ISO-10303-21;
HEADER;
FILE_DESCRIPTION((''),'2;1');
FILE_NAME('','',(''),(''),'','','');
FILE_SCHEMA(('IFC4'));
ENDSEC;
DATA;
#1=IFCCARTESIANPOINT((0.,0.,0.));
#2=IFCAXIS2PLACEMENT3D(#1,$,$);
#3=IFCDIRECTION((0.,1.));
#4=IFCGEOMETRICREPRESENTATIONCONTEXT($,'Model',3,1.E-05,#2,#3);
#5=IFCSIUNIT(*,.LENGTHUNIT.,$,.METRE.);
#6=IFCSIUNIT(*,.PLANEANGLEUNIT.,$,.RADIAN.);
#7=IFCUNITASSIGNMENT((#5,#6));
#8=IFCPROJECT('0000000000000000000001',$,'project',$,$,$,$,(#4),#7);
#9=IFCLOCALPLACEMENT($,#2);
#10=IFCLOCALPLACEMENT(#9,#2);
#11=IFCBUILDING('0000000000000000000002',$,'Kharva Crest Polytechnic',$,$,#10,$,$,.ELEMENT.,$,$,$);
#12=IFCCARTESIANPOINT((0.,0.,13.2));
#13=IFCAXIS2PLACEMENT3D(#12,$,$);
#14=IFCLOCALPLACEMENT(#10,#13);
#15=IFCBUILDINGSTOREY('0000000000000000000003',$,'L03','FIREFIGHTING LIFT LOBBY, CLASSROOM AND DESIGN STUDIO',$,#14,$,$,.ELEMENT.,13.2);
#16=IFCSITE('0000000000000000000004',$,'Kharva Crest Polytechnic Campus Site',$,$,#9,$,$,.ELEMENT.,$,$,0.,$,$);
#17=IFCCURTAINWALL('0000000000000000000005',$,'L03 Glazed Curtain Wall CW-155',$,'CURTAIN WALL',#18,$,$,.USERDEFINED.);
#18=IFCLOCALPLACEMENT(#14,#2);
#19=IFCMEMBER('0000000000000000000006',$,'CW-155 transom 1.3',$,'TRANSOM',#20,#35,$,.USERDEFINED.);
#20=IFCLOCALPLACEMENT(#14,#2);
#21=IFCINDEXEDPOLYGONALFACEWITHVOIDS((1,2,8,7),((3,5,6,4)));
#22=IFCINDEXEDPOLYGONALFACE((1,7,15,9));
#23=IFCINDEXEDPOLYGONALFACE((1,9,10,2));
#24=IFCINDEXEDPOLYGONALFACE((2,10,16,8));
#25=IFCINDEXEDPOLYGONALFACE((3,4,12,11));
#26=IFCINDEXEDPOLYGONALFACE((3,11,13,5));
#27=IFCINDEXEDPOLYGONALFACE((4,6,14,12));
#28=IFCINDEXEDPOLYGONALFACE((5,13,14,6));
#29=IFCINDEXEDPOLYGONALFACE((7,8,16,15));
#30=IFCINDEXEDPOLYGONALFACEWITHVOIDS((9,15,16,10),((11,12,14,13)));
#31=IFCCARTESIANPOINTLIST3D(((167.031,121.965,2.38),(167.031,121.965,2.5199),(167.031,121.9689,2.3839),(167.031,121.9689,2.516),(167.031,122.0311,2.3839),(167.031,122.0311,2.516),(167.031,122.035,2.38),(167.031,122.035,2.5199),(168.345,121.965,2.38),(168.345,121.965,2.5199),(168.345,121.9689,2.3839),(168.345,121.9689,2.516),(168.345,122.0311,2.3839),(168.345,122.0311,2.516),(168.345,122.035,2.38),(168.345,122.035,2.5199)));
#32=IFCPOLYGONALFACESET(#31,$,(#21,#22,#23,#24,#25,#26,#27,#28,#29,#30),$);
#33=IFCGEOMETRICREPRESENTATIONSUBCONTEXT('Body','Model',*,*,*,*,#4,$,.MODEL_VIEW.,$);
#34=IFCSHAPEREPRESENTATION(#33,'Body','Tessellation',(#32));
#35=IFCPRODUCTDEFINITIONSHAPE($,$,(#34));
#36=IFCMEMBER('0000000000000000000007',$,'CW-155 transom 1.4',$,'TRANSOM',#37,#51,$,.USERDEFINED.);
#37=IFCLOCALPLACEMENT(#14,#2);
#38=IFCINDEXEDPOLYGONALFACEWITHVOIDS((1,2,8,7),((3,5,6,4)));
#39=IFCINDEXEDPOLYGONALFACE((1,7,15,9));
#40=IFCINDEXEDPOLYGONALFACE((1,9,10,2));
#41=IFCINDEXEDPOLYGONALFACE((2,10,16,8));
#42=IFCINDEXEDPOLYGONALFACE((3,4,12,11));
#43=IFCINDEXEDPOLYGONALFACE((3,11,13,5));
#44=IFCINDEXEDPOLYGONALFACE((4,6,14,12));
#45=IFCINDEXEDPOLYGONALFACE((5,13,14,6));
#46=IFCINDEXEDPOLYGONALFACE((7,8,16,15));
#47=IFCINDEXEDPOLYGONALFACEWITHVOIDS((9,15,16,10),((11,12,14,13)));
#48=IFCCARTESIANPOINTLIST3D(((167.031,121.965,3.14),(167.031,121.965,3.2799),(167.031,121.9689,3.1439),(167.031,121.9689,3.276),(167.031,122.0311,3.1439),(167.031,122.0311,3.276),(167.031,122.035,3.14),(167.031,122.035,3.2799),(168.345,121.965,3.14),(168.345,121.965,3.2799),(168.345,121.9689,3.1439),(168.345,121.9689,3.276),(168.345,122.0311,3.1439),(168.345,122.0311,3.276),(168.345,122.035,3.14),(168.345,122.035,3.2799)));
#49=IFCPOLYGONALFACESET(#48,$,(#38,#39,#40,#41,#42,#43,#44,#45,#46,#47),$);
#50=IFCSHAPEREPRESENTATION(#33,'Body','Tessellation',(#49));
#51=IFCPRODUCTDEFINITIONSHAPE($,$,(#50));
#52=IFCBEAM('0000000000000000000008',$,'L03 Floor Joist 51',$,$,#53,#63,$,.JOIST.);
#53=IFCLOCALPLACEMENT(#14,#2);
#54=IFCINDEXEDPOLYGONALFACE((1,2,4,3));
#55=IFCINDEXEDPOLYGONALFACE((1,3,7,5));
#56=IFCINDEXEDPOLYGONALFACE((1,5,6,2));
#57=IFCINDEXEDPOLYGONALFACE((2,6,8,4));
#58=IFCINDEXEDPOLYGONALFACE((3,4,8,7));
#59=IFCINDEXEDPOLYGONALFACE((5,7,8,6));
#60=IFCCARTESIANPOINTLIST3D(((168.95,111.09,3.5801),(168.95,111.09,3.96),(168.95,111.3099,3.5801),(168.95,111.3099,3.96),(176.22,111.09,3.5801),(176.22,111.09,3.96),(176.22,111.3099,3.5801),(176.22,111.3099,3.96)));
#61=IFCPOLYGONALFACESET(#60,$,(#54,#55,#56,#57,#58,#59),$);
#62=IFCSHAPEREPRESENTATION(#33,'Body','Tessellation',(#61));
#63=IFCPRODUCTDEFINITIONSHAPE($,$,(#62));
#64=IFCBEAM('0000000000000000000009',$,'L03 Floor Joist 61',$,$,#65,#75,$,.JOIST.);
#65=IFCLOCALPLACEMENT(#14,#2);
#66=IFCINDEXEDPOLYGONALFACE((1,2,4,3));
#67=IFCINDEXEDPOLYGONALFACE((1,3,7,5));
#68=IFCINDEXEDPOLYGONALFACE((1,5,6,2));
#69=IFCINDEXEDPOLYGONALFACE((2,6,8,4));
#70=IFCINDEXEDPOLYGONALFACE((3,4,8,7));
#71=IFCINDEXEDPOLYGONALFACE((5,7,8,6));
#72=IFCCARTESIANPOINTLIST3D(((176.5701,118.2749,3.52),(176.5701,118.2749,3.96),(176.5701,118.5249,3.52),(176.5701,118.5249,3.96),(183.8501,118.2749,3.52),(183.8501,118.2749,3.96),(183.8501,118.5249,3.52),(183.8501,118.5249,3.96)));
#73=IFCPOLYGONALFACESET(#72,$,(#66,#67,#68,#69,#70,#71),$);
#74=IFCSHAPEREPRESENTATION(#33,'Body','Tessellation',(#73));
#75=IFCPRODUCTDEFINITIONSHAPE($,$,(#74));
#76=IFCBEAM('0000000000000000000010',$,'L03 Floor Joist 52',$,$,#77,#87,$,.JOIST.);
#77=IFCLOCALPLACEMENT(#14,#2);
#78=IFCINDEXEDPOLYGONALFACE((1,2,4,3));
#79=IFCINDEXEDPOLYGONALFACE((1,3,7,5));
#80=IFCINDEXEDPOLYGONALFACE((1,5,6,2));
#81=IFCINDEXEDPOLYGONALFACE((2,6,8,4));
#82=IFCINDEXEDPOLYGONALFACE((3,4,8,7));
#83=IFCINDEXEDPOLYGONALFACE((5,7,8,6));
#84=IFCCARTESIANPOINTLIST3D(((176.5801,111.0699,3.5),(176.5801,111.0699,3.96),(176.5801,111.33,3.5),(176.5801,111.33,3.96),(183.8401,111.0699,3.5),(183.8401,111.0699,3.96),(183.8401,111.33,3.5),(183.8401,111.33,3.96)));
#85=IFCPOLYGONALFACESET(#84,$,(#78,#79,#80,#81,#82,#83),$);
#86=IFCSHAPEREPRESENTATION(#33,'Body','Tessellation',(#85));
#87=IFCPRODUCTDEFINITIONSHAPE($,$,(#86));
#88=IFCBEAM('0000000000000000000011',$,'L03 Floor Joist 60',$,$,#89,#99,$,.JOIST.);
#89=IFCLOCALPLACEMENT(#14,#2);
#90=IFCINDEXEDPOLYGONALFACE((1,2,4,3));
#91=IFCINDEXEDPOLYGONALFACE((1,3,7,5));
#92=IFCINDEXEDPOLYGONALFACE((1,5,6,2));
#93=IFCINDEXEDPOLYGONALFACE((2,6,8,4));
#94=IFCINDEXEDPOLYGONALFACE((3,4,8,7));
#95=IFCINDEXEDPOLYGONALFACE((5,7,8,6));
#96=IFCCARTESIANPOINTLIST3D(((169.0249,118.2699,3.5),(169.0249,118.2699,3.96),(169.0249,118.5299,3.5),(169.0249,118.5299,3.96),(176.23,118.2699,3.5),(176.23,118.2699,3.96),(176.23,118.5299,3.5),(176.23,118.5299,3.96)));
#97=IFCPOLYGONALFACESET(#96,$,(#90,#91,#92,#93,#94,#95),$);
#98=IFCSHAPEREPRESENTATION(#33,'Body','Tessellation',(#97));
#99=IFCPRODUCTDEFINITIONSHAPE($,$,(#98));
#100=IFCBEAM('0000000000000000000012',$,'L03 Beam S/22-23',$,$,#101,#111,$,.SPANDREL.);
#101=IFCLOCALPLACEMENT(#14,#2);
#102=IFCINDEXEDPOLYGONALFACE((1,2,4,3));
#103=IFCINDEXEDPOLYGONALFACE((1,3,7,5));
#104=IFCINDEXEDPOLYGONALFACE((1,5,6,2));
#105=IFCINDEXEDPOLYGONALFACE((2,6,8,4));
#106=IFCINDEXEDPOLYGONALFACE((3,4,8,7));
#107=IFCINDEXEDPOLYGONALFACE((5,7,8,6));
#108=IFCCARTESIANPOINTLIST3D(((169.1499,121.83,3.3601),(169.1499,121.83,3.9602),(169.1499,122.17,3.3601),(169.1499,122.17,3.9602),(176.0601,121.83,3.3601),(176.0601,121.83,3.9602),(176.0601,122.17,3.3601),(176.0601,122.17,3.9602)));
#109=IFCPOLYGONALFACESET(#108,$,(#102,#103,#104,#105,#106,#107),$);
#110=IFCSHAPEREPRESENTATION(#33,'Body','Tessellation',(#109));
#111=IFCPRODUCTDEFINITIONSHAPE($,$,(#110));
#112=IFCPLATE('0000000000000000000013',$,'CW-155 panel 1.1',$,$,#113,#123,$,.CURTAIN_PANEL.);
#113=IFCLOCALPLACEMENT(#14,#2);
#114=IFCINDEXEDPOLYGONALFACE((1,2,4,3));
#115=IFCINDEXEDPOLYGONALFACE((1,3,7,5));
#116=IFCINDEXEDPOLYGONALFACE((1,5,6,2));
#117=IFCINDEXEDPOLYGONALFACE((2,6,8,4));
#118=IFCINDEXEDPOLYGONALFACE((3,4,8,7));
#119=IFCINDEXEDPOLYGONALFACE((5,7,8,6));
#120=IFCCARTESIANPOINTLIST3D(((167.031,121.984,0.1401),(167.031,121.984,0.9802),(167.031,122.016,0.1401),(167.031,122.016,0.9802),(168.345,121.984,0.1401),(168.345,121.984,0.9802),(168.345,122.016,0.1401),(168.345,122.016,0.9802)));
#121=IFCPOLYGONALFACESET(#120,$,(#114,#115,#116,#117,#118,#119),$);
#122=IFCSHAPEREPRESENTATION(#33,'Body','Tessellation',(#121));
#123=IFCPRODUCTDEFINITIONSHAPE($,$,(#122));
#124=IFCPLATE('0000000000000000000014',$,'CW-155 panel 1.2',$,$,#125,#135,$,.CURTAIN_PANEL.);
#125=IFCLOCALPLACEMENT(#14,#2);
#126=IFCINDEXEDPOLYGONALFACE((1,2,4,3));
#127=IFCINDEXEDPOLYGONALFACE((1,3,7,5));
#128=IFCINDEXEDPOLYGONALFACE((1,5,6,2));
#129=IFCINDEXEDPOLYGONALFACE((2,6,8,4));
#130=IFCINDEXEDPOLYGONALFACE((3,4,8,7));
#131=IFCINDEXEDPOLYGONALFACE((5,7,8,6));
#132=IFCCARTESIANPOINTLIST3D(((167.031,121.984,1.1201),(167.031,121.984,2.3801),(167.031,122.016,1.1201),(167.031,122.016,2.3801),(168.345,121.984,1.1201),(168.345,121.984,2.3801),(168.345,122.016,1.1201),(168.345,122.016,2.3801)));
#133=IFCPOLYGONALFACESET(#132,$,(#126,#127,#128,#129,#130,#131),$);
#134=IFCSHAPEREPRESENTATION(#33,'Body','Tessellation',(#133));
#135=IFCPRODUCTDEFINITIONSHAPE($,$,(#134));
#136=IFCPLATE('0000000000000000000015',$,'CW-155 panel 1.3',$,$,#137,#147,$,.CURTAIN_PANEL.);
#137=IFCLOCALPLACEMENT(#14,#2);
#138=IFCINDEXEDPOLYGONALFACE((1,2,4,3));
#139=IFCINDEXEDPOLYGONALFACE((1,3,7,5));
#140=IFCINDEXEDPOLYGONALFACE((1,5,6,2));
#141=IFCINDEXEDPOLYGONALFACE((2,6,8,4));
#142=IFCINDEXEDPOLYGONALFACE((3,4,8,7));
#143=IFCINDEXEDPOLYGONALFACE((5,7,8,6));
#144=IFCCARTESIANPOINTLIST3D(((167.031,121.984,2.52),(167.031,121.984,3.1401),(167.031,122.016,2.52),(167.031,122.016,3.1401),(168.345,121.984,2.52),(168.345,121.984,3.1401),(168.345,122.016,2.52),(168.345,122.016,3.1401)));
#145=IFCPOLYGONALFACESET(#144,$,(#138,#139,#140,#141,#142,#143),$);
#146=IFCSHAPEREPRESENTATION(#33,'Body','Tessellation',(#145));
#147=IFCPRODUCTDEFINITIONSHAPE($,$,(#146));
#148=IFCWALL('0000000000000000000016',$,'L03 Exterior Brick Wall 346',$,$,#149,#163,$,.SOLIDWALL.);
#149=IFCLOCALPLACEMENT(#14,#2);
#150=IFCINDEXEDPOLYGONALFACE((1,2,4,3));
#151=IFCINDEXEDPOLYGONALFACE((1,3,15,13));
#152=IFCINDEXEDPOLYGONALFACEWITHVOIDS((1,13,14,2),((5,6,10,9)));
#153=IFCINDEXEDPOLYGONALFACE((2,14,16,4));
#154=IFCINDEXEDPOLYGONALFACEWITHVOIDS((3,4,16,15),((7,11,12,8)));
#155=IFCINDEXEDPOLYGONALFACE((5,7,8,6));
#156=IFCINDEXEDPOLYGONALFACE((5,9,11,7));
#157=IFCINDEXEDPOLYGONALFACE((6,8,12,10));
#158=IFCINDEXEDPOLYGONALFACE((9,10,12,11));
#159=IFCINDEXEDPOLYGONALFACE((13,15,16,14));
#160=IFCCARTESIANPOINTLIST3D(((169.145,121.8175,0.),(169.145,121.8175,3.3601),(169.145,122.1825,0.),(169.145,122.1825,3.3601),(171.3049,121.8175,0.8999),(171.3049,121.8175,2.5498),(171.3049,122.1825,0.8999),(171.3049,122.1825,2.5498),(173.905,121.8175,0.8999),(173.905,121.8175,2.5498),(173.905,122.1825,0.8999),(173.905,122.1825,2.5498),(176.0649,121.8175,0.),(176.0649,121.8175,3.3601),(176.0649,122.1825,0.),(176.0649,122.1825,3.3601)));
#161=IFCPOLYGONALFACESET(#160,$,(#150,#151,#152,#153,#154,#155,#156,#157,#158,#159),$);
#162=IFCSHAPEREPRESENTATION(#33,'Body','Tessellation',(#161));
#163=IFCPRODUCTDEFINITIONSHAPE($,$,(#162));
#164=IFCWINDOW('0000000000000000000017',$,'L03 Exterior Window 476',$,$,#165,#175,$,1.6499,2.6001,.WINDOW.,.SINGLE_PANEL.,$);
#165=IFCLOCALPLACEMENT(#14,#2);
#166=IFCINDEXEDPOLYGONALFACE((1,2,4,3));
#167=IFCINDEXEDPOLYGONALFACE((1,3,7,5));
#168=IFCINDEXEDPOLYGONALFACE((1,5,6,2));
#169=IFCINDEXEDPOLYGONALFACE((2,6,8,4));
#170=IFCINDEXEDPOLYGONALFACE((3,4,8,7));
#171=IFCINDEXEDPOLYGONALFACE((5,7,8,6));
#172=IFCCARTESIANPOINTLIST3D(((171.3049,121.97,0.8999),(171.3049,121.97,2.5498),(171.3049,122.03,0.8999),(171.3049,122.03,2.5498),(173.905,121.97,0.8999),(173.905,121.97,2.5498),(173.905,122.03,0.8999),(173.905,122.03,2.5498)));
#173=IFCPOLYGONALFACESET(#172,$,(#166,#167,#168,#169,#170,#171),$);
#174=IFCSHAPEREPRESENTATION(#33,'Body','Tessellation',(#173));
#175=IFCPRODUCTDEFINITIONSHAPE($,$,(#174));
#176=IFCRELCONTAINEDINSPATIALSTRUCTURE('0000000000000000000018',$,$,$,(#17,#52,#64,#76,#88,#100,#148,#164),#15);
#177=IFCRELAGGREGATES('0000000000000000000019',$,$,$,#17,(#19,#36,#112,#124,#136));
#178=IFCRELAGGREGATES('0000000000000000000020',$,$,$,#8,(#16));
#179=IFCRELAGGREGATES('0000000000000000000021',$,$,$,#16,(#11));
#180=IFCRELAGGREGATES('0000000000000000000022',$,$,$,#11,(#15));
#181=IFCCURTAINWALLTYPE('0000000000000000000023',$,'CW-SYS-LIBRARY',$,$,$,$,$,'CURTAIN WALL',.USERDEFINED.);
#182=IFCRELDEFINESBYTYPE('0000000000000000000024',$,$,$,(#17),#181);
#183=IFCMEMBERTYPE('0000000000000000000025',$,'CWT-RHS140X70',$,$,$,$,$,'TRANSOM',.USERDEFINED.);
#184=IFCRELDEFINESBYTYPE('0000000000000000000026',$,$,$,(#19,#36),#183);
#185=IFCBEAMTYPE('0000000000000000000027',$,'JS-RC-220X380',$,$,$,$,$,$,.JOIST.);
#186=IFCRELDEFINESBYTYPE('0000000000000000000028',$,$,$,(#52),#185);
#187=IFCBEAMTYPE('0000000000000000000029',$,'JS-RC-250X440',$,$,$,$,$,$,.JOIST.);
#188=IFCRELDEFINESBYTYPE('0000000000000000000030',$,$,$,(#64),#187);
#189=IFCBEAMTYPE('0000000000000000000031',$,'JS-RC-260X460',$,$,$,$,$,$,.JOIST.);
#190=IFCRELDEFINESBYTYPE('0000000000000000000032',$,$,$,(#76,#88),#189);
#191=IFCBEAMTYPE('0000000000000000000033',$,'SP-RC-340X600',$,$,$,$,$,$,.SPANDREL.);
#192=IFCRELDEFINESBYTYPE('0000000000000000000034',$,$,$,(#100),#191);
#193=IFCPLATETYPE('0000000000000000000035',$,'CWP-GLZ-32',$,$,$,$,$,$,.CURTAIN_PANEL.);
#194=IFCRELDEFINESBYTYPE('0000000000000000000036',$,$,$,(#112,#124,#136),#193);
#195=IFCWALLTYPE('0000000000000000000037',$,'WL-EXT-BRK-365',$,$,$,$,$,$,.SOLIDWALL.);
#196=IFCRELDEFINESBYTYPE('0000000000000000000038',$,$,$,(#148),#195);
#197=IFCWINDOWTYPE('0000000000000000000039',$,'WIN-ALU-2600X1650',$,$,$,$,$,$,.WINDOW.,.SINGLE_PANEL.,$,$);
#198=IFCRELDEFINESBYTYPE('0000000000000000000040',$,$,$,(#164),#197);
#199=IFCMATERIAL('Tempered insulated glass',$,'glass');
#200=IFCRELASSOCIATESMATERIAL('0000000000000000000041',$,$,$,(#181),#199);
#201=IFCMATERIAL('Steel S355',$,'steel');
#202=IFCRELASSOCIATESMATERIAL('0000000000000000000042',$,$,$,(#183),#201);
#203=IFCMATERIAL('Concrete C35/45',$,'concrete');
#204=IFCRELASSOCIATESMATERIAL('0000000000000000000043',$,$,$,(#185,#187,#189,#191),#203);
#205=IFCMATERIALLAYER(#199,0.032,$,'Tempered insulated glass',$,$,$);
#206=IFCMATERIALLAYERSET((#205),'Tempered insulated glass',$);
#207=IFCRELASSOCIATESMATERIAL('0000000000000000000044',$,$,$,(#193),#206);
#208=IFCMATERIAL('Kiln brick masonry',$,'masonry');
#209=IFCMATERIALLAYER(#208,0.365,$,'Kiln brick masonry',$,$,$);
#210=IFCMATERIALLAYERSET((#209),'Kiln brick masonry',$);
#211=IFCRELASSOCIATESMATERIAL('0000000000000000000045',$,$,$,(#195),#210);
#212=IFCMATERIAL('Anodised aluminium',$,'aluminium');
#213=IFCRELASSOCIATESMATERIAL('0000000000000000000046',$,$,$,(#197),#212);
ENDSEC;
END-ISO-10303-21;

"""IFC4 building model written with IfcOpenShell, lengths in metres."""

from ifc_helpers import new_model, si_unit, direction, frame, frame_2d, origin, origin_2d, place, context, subcontext, project, spatial, rectangle, hollow_rectangle, extrude, material, layer, layer_set, material_profile, profile_set, type_object, element, fill, aggregate, save


model = new_model("IFC4")

# Units and contexts
model_context = context("Model", 3, precision=1e-05, world=origin(), true_north=direction((0.0, 1.0)))
body_context = subcontext(model_context, "Body", "Model", "MODEL_VIEW")
ifc_project = project(units=[si_unit("LENGTHUNIT", "METRE"), si_unit("PLANEANGLEUNIT", "RADIAN")], contexts=[model_context])

# Site, building, storey
site_placement = place(None, origin())
site = spatial("IfcSite", under=ifc_project, at=site_placement, Name="Kharva Crest Polytechnic Campus Site", CompositionType="ELEMENT", RefElevation=0.0)
building_placement = place(site_placement, origin())
building = spatial("IfcBuilding", under=site, at=building_placement, Name="Kharva Crest Polytechnic", CompositionType="ELEMENT")
storey_placement = place(building_placement, frame((0.0, 0.0, 13.2)))
storey = spatial("IfcBuildingStorey", under=building, at=storey_placement, Name="L03", Description="FIREFIGHTING LIFT LOBBY, CLASSROOM AND DESIGN STUDIO", CompositionType="ELEMENT", Elevation=13.2)

# Shared definitions
ifc_material_1 = material(Name="Concrete C35/45", Category="concrete")

# Curtain wall, members
ifc_material_2 = material(Name="Tempered insulated glass", Category="glass")
curtain_wall_type = type_object("IfcCurtainWallType", Name="CW-SYS-LIBRARY", ElementType="CURTAIN WALL", PredefinedType="USERDEFINED", material=ifc_material_2)
curtain_wall_placement = place(storey_placement, origin())
curtain_wall = element("IfcCurtainWall", 1, at=curtain_wall_placement, inside=storey, type_object=curtain_wall_type, Name="L03 Glazed Curtain Wall CW-155", ObjectType="CURTAIN WALL", PredefinedType="USERDEFINED")
ifc_material_3 = material(Name="Steel S355", Category="steel")
ifc_material_profile_1 = material_profile(ifc_material_3, hollow_rectangle(XDim=0.0701, YDim=0.1399, WallThickness=0.0039, at=origin_2d()), Name="RHS 140X70X4.0")
ifc_profile_set_1 = profile_set([ifc_material_profile_1], Name="Steel S355")
member_type_1 = type_object("IfcMemberType", Name="CWT-RHS140X70", ElementType="TRANSOM", PredefinedType="USERDEFINED", material=ifc_profile_set_1)
member_1_placement = place(storey_placement, frame((168.345, 122.0, 2.45), z_axis=(-1.0, 0.0, 0.0), x_axis=(0.0, -1.0, 0.0)))
member_1 = element("IfcMember", 2, at=member_1_placement, type_object=member_type_1, Name="CW-155 transom 1.3", ObjectType="TRANSOM", PredefinedType="USERDEFINED", context=body_context, shape_type="SweptSolid", body=[
    extrude(hollow_rectangle(XDim=0.0701, YDim=0.1399, WallThickness=0.0039, at=origin_2d()), origin(), (0.0, 0.0, 1.0), 1.314),
])
member_2_placement = place(storey_placement, frame((168.345, 122.0, 3.21), z_axis=(-1.0, 0.0, 0.0), x_axis=(0.0, -1.0, 0.0)))
member_2 = element("IfcMember", 3, at=member_2_placement, type_object=member_type_1, Name="CW-155 transom 1.4", ObjectType="TRANSOM", PredefinedType="USERDEFINED", context=body_context, shape_type="SweptSolid", body=[
    extrude(hollow_rectangle(XDim=0.0701, YDim=0.1399, WallThickness=0.0039, at=origin_2d()), origin(), (0.0, 0.0, 1.0), 1.314),
])

# Beams
ifc_material_profile_2 = material_profile(ifc_material_1, rectangle(XDim=0.22, YDim=0.3799, at=origin_2d()), Name="RECT 220 X 380")
ifc_profile_set_2 = profile_set([ifc_material_profile_2], Name="Concrete C35/45")
beam_type_1 = type_object("IfcBeamType", Name="JS-RC-220X380", PredefinedType="JOIST", material=ifc_profile_set_2)
beam_1_placement = place(storey_placement, frame((168.95, 111.2, 3.77), z_axis=(1.0, 0.0, 0.0), x_axis=(0.0, 1.0, 0.0)))
element("IfcBeam", 4, at=beam_1_placement, inside=storey, type_object=beam_type_1, Name="L03 Floor Joist 51", PredefinedType="JOIST", context=body_context, shape_type="SweptSolid", body=[
    extrude(rectangle(XDim=0.22, YDim=0.3799, at=origin_2d()), origin(), (0.0, 0.0, 1.0), 7.27),
])
ifc_material_profile_3 = material_profile(ifc_material_1, rectangle(XDim=0.25, YDim=0.4399, at=origin_2d()), Name="RECT 250 X 440")
ifc_profile_set_3 = profile_set([ifc_material_profile_3], Name="Concrete C35/45")
beam_type_2 = type_object("IfcBeamType", Name="JS-RC-250X440", PredefinedType="JOIST", material=ifc_profile_set_3)
beam_2_placement = place(storey_placement, frame((176.5701, 118.3999, 3.74), z_axis=(1.0, 0.0, 0.0), x_axis=(0.0, 1.0, 0.0)))
element("IfcBeam", 5, at=beam_2_placement, inside=storey, type_object=beam_type_2, Name="L03 Floor Joist 61", PredefinedType="JOIST", context=body_context, shape_type="SweptSolid", body=[
    extrude(rectangle(XDim=0.25, YDim=0.4399, at=origin_2d()), origin(), (0.0, 0.0, 1.0), 7.28),
])
ifc_material_profile_4 = material_profile(ifc_material_1, rectangle(XDim=0.26, YDim=0.46, at=origin_2d()), Name="RECT 260 X 460")
ifc_profile_set_4 = profile_set([ifc_material_profile_4], Name="Concrete C35/45")
beam_type_3 = type_object("IfcBeamType", Name="JS-RC-260X460", PredefinedType="JOIST", material=ifc_profile_set_4)
beam_3_placement = place(storey_placement, frame((176.5801, 111.2, 3.73), z_axis=(1.0, 0.0, 0.0), x_axis=(0.0, 1.0, 0.0)))
element("IfcBeam", 6, at=beam_3_placement, inside=storey, type_object=beam_type_3, Name="L03 Floor Joist 52", PredefinedType="JOIST", context=body_context, shape_type="SweptSolid", body=[
    extrude(rectangle(XDim=0.26, YDim=0.46, at=origin_2d()), origin(), (0.0, 0.0, 1.0), 7.26),
])
beam_4_placement = place(storey_placement, frame((169.0249, 118.3999, 3.73), z_axis=(1.0, 0.0, 0.0), x_axis=(0.0, 1.0, 0.0)))
element("IfcBeam", 7, at=beam_4_placement, inside=storey, type_object=beam_type_3, Name="L03 Floor Joist 60", PredefinedType="JOIST", context=body_context, shape_type="SweptSolid", body=[
    extrude(rectangle(XDim=0.26, YDim=0.46, at=origin_2d()), origin(), (0.0, 0.0, 1.0), 7.2051),
])
ifc_material_profile_5 = material_profile(ifc_material_1, rectangle(XDim=0.3401, YDim=0.6001, at=origin_2d()), Name="RECT 340 X 600")
ifc_profile_set_5 = profile_set([ifc_material_profile_5], Name="Concrete C35/45")
beam_type_4 = type_object("IfcBeamType", Name="SP-RC-340X600", PredefinedType="SPANDREL", material=ifc_profile_set_5)
beam_5_placement = place(storey_placement, frame((169.1499, 122.0, 3.6602), z_axis=(1.0, 0.0, 0.0), x_axis=(0.0, 1.0, 0.0)))
element("IfcBeam", 8, at=beam_5_placement, inside=storey, type_object=beam_type_4, Name="L03 Beam S/22-23", PredefinedType="SPANDREL", context=body_context, shape_type="SweptSolid", body=[
    extrude(rectangle(XDim=0.3401, YDim=0.6001, at=origin_2d()), origin(), (0.0, 0.0, 1.0), 6.9102),
])

# Plates
ifc_layer_1 = layer(ifc_material_2, 0.032, Name="Tempered insulated glass")
ifc_layer_set_1 = layer_set([ifc_layer_1], Name="Tempered insulated glass")
plate_type = type_object("IfcPlateType", Name="CWP-GLZ-32", PredefinedType="CURTAIN_PANEL", material=ifc_layer_set_1)
plate_1_placement = place(storey_placement, frame((167.688, 122.0, 0.1401), z_axis=(0.0, 0.0, 1.0), x_axis=(-1.0, 0.0, 0.0)))
plate_1 = element("IfcPlate", 9, at=plate_1_placement, type_object=plate_type, Name="CW-155 panel 1.1", PredefinedType="CURTAIN_PANEL", context=body_context, shape_type="SweptSolid", body=[
    extrude(rectangle(XDim=1.314, YDim=0.032, at=origin_2d()), origin(), (0.0, 0.0, 1.0), 0.8401),
])
plate_2_placement = place(storey_placement, frame((167.688, 122.0, 1.1201), z_axis=(0.0, 0.0, 1.0), x_axis=(-1.0, 0.0, 0.0)))
plate_2 = element("IfcPlate", 10, at=plate_2_placement, type_object=plate_type, Name="CW-155 panel 1.2", PredefinedType="CURTAIN_PANEL", context=body_context, shape_type="SweptSolid", body=[
    extrude(rectangle(XDim=1.314, YDim=0.032, at=origin_2d()), origin(), (0.0, 0.0, 1.0), 1.26),
])
plate_3_placement = place(storey_placement, frame((167.688, 122.0, 2.52), z_axis=(0.0, 0.0, 1.0), x_axis=(-1.0, 0.0, 0.0)))
plate_3 = element("IfcPlate", 11, at=plate_3_placement, type_object=plate_type, Name="CW-155 panel 1.3", PredefinedType="CURTAIN_PANEL", context=body_context, shape_type="SweptSolid", body=[
    extrude(rectangle(XDim=1.314, YDim=0.032, at=origin_2d()), origin(), (0.0, 0.0, 1.0), 0.6201),
])
aggregate(curtain_wall, [member_1, member_2, plate_1, plate_2, plate_3])

# Wall, opening, window
ifc_material_4 = material(Name="Kiln brick masonry", Category="masonry")
ifc_layer_2 = layer(ifc_material_4, 0.365, Name="Kiln brick masonry")
ifc_layer_set_2 = layer_set([ifc_layer_2], Name="Kiln brick masonry")
wall_type_1 = type_object("IfcWallType", Name="WL-EXT-BRK-365", PredefinedType="SOLIDWALL", material=ifc_layer_set_2)
wall_1_placement = place(storey_placement, frame((176.0649, 122.0, 0.0), z_axis=(0.0, 0.0, 1.0), x_axis=(-1.0, 0.0, 0.0)))
wall_1 = element("IfcWall", 12, at=wall_1_placement, inside=storey, type_object=wall_type_1, Name="L03 Exterior Brick Wall 346", PredefinedType="SOLIDWALL", context=body_context, shape_type="SweptSolid", body=[
    extrude(rectangle(XDim=6.9199, YDim=0.365, at=frame_2d((3.46, 0.0))), origin(), (0.0, 0.0, 1.0), 3.3601),
])
opening_placement = place(wall_1_placement, frame((2.1599, 0.0, 0.8999)))
opening = element("IfcOpeningElement", 13, at=opening_placement, cuts=wall_1, PredefinedType="OPENING", context=body_context, shape_type="SweptSolid", body=[
    extrude(rectangle(XDim=2.6001, YDim=1.6499, at=frame_2d((1.3, 0.825))), frame((0.0, 0.1924, 0.0), z_axis=(0.0, -1.0, 0.0), x_axis=(1.0, 0.0, 0.0)), (0.0, 0.0, 1.0), 0.385),
])
ifc_material_5 = material(Name="Anodised aluminium", Category="aluminium")
window_type = type_object("IfcWindowType", Name="WIN-ALU-2600X1650", PartitioningType="SINGLE_PANEL", PredefinedType="WINDOW", material=ifc_material_5)
window_placement = place(opening_placement, origin())
window = element("IfcWindow", 14, at=window_placement, inside=storey, type_object=window_type, Name="L03 Exterior Window 476", OverallHeight=1.6499, OverallWidth=2.6001, PartitioningType="SINGLE_PANEL", PredefinedType="WINDOW", context=body_context, shape_type="SweptSolid", body=[
    extrude(rectangle(XDim=2.6001, YDim=1.6499, at=frame_2d((1.3, 0.825))), frame((0.0, 0.03, 0.0), z_axis=(0.0, -1.0, 0.0), x_axis=(1.0, 0.0, 0.0)), (0.0, 0.0, 1.0), 0.0601),
])
fill(opening, window)

save(model, "model.ifc")
